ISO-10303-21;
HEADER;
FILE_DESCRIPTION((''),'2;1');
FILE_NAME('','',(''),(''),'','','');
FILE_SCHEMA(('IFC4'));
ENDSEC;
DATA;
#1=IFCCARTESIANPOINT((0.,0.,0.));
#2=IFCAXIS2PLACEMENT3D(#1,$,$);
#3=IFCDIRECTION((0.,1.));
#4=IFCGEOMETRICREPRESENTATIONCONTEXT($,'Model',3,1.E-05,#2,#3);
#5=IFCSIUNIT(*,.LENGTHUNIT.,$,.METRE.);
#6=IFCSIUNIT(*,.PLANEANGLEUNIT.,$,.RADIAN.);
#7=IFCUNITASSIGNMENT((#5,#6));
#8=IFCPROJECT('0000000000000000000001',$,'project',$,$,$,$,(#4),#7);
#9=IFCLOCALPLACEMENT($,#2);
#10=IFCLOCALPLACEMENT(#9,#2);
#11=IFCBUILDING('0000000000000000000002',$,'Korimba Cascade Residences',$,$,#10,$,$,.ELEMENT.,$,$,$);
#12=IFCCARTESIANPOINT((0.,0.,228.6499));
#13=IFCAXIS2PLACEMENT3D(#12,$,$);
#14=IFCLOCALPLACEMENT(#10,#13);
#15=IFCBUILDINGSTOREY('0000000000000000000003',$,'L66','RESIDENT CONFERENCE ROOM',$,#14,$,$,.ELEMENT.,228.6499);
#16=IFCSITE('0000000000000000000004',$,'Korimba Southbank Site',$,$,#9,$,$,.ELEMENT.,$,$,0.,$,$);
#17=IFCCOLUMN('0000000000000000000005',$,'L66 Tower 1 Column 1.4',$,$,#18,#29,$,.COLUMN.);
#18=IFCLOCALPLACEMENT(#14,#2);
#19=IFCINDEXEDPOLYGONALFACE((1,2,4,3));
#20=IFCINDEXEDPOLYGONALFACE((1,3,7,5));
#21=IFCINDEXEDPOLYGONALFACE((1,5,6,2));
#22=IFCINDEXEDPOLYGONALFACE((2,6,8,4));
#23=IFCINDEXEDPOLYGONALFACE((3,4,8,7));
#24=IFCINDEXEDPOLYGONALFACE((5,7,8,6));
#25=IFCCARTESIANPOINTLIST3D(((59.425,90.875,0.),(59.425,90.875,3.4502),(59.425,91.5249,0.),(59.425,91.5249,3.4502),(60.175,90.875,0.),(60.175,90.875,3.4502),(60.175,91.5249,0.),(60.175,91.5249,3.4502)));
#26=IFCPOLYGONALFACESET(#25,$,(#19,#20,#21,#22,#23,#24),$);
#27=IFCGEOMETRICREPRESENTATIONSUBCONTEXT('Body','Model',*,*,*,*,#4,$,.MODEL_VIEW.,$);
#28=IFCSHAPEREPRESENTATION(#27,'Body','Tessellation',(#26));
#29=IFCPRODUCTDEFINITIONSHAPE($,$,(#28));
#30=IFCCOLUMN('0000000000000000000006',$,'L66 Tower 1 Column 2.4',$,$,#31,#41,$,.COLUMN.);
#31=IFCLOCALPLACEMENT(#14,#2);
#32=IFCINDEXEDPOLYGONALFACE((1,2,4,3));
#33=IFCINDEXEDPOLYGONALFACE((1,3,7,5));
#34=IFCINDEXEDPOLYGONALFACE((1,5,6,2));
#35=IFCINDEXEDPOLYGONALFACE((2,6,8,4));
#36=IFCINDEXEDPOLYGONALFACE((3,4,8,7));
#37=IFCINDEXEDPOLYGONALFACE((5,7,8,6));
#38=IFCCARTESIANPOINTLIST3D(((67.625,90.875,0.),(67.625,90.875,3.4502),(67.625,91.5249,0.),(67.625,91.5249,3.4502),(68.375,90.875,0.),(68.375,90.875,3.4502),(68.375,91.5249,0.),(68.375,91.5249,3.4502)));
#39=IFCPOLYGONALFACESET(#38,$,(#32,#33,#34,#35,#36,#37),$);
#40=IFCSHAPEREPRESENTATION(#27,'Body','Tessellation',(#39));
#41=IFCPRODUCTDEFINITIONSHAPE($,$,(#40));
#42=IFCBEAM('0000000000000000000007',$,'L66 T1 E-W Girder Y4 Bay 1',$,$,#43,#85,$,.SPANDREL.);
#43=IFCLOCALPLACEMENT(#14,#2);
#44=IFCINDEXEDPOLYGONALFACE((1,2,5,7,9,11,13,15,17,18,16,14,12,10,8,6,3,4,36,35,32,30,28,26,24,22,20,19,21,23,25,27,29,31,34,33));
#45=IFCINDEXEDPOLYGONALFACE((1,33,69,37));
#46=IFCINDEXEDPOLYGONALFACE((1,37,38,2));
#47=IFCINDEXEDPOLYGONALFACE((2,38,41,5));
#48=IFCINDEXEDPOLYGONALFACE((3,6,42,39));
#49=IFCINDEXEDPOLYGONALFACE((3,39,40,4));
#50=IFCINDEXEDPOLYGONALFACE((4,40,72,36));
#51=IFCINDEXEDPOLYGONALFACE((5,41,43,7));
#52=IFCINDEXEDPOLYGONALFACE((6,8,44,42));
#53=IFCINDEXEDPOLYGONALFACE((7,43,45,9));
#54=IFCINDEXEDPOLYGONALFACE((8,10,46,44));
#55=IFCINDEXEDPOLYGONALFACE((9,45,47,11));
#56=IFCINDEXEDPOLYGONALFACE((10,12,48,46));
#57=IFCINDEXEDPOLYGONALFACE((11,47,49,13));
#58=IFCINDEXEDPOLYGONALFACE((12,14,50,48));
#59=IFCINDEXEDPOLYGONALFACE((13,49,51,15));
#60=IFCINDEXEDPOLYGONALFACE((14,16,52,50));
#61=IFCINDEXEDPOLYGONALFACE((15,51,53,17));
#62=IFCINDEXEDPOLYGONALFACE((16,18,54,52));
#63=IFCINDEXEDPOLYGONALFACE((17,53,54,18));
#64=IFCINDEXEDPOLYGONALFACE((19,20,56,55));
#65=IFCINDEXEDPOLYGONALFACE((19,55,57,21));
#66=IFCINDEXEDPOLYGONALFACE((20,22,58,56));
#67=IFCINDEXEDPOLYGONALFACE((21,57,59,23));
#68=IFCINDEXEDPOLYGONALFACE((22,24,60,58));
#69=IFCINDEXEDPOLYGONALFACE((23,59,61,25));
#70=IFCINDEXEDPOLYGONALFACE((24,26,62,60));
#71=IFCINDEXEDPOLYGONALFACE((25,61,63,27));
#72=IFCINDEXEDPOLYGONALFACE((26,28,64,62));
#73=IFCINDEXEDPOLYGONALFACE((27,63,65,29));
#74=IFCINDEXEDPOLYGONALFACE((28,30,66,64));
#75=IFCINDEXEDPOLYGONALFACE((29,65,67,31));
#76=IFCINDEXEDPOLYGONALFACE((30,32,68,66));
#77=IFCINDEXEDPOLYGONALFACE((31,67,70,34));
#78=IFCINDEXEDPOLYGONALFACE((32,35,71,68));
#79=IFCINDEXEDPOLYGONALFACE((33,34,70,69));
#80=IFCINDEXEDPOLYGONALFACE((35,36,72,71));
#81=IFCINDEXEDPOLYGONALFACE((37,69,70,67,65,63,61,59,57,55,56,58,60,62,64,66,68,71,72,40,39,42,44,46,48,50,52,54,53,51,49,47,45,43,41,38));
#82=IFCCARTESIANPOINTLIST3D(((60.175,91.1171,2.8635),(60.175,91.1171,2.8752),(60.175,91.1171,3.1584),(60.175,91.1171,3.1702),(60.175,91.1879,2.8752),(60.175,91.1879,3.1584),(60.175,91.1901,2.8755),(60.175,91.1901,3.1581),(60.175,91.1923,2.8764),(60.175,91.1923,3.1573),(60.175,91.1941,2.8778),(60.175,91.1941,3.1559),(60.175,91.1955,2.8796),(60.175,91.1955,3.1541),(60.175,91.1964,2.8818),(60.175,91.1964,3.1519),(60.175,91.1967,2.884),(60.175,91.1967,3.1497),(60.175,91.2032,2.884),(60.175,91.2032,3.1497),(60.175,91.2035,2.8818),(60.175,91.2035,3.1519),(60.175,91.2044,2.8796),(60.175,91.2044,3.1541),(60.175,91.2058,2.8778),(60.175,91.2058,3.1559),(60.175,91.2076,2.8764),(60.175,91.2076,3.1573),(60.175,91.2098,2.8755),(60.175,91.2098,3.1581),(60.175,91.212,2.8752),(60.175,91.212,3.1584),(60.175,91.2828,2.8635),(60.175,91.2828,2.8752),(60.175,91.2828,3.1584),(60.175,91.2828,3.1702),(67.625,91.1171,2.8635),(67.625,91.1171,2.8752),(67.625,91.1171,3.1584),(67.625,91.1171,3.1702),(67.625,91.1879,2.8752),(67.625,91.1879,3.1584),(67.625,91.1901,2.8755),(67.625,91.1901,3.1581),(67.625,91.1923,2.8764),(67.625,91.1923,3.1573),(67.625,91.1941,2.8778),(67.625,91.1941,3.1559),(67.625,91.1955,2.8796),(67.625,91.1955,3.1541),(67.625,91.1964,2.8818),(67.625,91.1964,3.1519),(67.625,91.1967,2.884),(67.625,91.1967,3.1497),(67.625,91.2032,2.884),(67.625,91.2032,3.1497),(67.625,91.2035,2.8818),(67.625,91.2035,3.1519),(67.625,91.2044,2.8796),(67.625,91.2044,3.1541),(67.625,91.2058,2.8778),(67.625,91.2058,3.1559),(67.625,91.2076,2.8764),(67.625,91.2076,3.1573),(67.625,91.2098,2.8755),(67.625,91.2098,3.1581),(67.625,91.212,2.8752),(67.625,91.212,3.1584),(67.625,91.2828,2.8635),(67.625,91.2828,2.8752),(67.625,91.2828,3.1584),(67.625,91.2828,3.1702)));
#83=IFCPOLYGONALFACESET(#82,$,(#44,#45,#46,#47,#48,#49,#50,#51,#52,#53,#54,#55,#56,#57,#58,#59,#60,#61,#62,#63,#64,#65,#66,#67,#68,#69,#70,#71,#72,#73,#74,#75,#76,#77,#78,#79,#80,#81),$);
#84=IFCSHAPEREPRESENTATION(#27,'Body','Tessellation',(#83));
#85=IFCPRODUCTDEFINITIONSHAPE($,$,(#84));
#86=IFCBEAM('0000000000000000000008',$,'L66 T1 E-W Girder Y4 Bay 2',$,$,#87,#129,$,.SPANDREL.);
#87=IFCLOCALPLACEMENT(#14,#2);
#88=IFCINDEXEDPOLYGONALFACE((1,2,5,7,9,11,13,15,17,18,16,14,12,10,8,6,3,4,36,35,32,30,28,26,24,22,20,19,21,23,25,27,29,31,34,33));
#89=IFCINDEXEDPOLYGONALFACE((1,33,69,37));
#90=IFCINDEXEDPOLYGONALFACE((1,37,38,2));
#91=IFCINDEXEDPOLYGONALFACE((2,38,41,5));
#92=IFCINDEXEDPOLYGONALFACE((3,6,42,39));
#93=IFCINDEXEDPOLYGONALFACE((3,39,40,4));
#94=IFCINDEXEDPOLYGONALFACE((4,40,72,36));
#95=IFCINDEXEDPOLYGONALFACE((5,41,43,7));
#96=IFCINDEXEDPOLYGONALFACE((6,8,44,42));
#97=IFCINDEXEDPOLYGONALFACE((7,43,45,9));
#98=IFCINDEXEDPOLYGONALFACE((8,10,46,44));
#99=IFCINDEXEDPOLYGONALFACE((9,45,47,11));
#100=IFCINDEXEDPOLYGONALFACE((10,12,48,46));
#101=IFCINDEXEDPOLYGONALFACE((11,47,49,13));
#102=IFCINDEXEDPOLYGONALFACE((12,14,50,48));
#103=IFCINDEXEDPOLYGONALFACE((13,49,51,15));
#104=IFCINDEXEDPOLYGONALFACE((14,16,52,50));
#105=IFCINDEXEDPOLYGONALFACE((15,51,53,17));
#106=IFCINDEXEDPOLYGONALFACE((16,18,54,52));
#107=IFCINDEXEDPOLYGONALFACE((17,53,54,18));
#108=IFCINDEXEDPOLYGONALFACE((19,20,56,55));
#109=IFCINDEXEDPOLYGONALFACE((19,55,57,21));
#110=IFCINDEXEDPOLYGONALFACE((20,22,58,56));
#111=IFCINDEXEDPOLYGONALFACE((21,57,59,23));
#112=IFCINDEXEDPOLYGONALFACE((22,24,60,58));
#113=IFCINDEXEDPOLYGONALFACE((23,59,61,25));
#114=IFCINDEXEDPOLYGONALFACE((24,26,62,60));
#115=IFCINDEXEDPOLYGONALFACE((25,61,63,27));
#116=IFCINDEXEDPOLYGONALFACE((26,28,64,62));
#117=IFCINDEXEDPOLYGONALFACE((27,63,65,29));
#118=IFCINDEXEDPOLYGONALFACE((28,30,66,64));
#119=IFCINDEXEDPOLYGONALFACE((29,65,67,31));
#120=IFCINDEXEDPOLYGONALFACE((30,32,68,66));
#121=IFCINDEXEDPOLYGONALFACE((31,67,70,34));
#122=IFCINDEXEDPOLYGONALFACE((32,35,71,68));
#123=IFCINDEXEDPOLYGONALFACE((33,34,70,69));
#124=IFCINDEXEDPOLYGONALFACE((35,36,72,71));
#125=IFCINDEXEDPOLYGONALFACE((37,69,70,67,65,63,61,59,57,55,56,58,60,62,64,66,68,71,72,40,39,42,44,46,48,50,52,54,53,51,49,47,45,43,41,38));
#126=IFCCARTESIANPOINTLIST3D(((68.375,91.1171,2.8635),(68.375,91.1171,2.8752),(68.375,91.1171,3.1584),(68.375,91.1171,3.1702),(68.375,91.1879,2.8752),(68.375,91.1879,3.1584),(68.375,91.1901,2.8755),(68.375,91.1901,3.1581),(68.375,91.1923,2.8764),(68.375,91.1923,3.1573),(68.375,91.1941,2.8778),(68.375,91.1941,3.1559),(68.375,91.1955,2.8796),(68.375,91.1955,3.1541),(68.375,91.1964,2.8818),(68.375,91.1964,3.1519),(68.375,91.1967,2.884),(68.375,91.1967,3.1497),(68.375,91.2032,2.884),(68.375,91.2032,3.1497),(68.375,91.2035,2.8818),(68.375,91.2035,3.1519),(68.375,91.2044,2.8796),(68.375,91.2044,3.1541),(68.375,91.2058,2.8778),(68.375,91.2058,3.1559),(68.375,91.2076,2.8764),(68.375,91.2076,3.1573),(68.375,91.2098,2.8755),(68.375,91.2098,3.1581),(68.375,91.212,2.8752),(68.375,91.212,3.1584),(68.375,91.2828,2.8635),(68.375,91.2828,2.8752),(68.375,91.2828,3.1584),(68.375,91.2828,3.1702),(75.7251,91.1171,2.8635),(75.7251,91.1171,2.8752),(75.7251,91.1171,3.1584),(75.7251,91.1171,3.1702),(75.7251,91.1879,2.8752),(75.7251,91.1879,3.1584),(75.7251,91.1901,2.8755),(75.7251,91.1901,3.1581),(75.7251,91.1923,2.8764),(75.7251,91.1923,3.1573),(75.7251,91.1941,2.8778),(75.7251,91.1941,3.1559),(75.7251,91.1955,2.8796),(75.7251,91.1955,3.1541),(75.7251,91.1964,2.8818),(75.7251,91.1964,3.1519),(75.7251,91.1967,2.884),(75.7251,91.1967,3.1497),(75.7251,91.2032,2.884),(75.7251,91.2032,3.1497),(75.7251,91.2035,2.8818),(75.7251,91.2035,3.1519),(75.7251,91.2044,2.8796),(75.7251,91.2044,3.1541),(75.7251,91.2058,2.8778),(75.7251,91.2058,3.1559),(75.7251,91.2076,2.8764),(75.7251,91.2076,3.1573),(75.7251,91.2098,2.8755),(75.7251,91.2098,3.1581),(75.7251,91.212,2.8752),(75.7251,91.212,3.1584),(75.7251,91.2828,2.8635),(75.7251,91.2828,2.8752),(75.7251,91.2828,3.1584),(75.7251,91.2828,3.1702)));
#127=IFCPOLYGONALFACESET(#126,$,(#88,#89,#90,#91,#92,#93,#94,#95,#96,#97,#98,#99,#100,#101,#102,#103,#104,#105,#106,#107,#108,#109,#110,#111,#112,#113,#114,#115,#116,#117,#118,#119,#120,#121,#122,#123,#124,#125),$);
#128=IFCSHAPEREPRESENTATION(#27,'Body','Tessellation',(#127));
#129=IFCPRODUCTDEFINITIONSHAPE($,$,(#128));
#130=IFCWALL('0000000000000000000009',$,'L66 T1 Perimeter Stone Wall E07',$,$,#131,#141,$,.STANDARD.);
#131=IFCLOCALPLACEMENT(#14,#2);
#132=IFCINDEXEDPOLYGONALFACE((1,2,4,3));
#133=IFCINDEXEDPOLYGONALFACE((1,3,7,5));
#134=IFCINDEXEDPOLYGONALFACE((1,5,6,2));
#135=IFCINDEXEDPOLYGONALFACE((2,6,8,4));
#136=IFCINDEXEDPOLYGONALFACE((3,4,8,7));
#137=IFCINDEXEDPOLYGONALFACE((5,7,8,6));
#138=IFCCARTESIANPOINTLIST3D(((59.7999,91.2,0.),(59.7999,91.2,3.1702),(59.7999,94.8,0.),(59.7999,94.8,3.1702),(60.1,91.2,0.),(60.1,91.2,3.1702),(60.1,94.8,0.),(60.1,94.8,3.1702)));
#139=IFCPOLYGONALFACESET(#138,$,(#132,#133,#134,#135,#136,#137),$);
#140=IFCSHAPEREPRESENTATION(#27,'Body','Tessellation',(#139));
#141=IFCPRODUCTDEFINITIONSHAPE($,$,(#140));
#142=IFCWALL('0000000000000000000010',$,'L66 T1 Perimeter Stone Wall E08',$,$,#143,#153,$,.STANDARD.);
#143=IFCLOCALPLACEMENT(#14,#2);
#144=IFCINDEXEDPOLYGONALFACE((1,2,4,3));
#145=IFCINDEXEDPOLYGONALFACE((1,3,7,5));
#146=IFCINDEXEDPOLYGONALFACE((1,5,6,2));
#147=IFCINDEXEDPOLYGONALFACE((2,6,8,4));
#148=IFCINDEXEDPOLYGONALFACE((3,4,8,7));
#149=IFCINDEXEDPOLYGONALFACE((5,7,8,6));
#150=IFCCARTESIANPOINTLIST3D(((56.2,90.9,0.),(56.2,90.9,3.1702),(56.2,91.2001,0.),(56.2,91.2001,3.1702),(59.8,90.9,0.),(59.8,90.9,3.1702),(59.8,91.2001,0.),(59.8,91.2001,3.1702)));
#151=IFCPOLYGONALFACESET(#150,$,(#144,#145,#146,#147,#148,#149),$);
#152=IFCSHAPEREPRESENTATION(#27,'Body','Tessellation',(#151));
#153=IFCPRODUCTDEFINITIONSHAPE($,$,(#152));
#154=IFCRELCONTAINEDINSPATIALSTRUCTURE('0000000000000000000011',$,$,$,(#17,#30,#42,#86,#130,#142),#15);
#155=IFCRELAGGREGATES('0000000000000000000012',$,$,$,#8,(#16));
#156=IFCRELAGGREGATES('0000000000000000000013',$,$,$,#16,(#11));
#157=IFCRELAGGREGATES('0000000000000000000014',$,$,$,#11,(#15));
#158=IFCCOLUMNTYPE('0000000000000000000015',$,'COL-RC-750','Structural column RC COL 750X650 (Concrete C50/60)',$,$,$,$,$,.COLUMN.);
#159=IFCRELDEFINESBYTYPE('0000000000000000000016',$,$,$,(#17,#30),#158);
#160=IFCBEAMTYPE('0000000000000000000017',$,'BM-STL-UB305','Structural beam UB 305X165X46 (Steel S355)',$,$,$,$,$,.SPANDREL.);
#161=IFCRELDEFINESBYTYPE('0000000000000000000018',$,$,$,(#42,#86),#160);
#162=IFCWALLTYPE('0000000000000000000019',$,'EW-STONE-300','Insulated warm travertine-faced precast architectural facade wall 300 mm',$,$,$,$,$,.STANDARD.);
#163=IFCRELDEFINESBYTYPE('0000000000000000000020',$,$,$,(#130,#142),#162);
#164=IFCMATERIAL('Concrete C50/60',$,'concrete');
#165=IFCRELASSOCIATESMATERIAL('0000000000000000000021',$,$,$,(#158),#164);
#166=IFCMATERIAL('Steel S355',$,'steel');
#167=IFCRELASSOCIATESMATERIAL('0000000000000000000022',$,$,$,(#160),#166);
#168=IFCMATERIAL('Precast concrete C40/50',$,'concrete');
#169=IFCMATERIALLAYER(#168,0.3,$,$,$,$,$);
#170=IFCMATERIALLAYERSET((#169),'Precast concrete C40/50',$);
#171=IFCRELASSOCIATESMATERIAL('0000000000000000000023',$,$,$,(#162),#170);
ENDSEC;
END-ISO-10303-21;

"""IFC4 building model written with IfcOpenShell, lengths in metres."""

from ifc_helpers import new_model, si_unit, direction, frame, frame_2d, origin, origin_2d, place, context, subcontext, project, spatial, rectangle, i_section, extrude, material, layer, layer_set, material_profile, profile_set, type_object, element, save


model = new_model("IFC4")

# Units and contexts
model_context = context("Model", 3, precision=1e-05, world=origin(), true_north=direction((0.0, 1.0)))
body_context = subcontext(model_context, "Body", "Model", "MODEL_VIEW")
ifc_project = project(units=[si_unit("LENGTHUNIT", "METRE"), si_unit("PLANEANGLEUNIT", "RADIAN")], contexts=[model_context])

# Site, building, storey
site_placement = place(None, origin())
site = spatial("IfcSite", under=ifc_project, at=site_placement, Name="Korimba Southbank Site", CompositionType="ELEMENT", RefElevation=0.0)
building_placement = place(site_placement, origin())
building = spatial("IfcBuilding", under=site, at=building_placement, Name="Korimba Cascade Residences", CompositionType="ELEMENT")
storey_placement = place(building_placement, frame((0.0, 0.0, 228.6499)))
storey = spatial("IfcBuildingStorey", under=building, at=storey_placement, Name="L66", Description="RESIDENT CONFERENCE ROOM", CompositionType="ELEMENT", Elevation=228.6499)

# Columns
ifc_material_1 = material(Name="Concrete C50/60", Category="concrete")
ifc_material_profile_1 = material_profile(ifc_material_1, rectangle(XDim=0.75, YDim=0.6499, at=origin_2d()), Name="Concrete C50/60")
ifc_profile_set_1 = profile_set([ifc_material_profile_1], Name="Concrete C50/60")
column_type = type_object("IfcColumnType", Name="COL-RC-750", Description="Structural column RC COL 750X650 (Concrete C50/60)", PredefinedType="COLUMN", material=ifc_profile_set_1)
for number, where, z_axis, x_axis, name in (
    (1, (59.8, 91.2, 0.0), (0.0, 0.0, 1.0), (1.0, 0.0, 0.0), "L66 Tower 1 Column 1.4"),
    (2, (68.0, 91.2, 0.0), (0.0, 0.0, 1.0), (1.0, 0.0, 0.0), "L66 Tower 1 Column 2.4"),
):
    element("IfcColumn", number, at=place(storey_placement, frame(where, z_axis=z_axis, x_axis=x_axis)), inside=storey, type_object=column_type, Name=name, PredefinedType="COLUMN", context=body_context, shape_type="SweptSolid", body=[
        extrude(rectangle(XDim=0.75, YDim=0.6499, at=origin_2d()), origin(), (0.0, 0.0, 1.0), 3.4502),
    ])

# Beams
ifc_material_2 = material(Name="Steel S355", Category="steel")
ifc_material_profile_2 = material_profile(ifc_material_2, i_section(OverallWidth=0.1658, OverallDepth=0.3066, WebThickness=0.0066, FlangeThickness=0.0117, FilletRadius=0.0088, at=origin_2d()), Name="Steel S355")
ifc_profile_set_2 = profile_set([ifc_material_profile_2], Name="Steel S355")
beam_type = type_object("IfcBeamType", Name="BM-STL-UB305", Description="Structural beam UB 305X165X46 (Steel S355)", PredefinedType="SPANDREL", material=ifc_profile_set_2)
beam_1_placement = place(storey_placement, frame((60.175, 91.2, 3.0168), z_axis=(1.0, 0.0, 0.0), x_axis=(0.0, 1.0, 0.0)))
element("IfcBeam", 3, at=beam_1_placement, inside=storey, type_object=beam_type, Name="L66 T1 E-W Girder Y4 Bay 1", PredefinedType="SPANDREL", context=body_context, shape_type="SweptSolid", body=[
    extrude(i_section(OverallWidth=0.1658, OverallDepth=0.3066, WebThickness=0.0066, FlangeThickness=0.0117, FilletRadius=0.0088, at=origin_2d()), origin(), (0.0, 0.0, 1.0), 7.45),
])
beam_2_placement = place(storey_placement, frame((68.375, 91.2, 3.0168), z_axis=(1.0, 0.0, 0.0), x_axis=(0.0, 1.0, 0.0)))
element("IfcBeam", 4, at=beam_2_placement, inside=storey, type_object=beam_type, Name="L66 T1 E-W Girder Y4 Bay 2", PredefinedType="SPANDREL", context=body_context, shape_type="SweptSolid", body=[
    extrude(i_section(OverallWidth=0.1658, OverallDepth=0.3066, WebThickness=0.0066, FlangeThickness=0.0117, FilletRadius=0.0088, at=origin_2d()), origin(), (0.0, 0.0, 1.0), 7.3501),
])

# Walls
ifc_material_3 = material(Name="Precast concrete C40/50", Category="concrete")
ifc_layer_1 = layer(ifc_material_3, 0.3)
ifc_layer_set_1 = layer_set([ifc_layer_1], Name="Precast concrete C40/50")
wall_type_1 = type_object("IfcWallType", Name="EW-STONE-300", Description="Insulated warm travertine-faced precast architectural facade wall 300 mm", PredefinedType="STANDARD", material=ifc_layer_set_1)
for number, where, z_axis, x_axis, name in (
    (5, (59.95, 94.8, 0.0), (0.0, 0.0, 1.0), (0.0, -1.0, 0.0), "L66 T1 Perimeter Stone Wall E07"),
    (6, (59.8, 91.05, 0.0), (0.0, 0.0, 1.0), (-1.0, 0.0, 0.0), "L66 T1 Perimeter Stone Wall E08"),
):
    element("IfcWall", number, at=place(storey_placement, frame(where, z_axis=z_axis, x_axis=x_axis)), inside=storey, type_object=wall_type_1, Name=name, PredefinedType="STANDARD", context=body_context, shape_type="SweptSolid", body=[
        extrude(rectangle(XDim=3.6001, YDim=0.3, at=frame_2d((1.8, 0.0))), origin(), (0.0, 0.0, 1.0), 3.1702),
    ])

save(model, "model.ifc")
